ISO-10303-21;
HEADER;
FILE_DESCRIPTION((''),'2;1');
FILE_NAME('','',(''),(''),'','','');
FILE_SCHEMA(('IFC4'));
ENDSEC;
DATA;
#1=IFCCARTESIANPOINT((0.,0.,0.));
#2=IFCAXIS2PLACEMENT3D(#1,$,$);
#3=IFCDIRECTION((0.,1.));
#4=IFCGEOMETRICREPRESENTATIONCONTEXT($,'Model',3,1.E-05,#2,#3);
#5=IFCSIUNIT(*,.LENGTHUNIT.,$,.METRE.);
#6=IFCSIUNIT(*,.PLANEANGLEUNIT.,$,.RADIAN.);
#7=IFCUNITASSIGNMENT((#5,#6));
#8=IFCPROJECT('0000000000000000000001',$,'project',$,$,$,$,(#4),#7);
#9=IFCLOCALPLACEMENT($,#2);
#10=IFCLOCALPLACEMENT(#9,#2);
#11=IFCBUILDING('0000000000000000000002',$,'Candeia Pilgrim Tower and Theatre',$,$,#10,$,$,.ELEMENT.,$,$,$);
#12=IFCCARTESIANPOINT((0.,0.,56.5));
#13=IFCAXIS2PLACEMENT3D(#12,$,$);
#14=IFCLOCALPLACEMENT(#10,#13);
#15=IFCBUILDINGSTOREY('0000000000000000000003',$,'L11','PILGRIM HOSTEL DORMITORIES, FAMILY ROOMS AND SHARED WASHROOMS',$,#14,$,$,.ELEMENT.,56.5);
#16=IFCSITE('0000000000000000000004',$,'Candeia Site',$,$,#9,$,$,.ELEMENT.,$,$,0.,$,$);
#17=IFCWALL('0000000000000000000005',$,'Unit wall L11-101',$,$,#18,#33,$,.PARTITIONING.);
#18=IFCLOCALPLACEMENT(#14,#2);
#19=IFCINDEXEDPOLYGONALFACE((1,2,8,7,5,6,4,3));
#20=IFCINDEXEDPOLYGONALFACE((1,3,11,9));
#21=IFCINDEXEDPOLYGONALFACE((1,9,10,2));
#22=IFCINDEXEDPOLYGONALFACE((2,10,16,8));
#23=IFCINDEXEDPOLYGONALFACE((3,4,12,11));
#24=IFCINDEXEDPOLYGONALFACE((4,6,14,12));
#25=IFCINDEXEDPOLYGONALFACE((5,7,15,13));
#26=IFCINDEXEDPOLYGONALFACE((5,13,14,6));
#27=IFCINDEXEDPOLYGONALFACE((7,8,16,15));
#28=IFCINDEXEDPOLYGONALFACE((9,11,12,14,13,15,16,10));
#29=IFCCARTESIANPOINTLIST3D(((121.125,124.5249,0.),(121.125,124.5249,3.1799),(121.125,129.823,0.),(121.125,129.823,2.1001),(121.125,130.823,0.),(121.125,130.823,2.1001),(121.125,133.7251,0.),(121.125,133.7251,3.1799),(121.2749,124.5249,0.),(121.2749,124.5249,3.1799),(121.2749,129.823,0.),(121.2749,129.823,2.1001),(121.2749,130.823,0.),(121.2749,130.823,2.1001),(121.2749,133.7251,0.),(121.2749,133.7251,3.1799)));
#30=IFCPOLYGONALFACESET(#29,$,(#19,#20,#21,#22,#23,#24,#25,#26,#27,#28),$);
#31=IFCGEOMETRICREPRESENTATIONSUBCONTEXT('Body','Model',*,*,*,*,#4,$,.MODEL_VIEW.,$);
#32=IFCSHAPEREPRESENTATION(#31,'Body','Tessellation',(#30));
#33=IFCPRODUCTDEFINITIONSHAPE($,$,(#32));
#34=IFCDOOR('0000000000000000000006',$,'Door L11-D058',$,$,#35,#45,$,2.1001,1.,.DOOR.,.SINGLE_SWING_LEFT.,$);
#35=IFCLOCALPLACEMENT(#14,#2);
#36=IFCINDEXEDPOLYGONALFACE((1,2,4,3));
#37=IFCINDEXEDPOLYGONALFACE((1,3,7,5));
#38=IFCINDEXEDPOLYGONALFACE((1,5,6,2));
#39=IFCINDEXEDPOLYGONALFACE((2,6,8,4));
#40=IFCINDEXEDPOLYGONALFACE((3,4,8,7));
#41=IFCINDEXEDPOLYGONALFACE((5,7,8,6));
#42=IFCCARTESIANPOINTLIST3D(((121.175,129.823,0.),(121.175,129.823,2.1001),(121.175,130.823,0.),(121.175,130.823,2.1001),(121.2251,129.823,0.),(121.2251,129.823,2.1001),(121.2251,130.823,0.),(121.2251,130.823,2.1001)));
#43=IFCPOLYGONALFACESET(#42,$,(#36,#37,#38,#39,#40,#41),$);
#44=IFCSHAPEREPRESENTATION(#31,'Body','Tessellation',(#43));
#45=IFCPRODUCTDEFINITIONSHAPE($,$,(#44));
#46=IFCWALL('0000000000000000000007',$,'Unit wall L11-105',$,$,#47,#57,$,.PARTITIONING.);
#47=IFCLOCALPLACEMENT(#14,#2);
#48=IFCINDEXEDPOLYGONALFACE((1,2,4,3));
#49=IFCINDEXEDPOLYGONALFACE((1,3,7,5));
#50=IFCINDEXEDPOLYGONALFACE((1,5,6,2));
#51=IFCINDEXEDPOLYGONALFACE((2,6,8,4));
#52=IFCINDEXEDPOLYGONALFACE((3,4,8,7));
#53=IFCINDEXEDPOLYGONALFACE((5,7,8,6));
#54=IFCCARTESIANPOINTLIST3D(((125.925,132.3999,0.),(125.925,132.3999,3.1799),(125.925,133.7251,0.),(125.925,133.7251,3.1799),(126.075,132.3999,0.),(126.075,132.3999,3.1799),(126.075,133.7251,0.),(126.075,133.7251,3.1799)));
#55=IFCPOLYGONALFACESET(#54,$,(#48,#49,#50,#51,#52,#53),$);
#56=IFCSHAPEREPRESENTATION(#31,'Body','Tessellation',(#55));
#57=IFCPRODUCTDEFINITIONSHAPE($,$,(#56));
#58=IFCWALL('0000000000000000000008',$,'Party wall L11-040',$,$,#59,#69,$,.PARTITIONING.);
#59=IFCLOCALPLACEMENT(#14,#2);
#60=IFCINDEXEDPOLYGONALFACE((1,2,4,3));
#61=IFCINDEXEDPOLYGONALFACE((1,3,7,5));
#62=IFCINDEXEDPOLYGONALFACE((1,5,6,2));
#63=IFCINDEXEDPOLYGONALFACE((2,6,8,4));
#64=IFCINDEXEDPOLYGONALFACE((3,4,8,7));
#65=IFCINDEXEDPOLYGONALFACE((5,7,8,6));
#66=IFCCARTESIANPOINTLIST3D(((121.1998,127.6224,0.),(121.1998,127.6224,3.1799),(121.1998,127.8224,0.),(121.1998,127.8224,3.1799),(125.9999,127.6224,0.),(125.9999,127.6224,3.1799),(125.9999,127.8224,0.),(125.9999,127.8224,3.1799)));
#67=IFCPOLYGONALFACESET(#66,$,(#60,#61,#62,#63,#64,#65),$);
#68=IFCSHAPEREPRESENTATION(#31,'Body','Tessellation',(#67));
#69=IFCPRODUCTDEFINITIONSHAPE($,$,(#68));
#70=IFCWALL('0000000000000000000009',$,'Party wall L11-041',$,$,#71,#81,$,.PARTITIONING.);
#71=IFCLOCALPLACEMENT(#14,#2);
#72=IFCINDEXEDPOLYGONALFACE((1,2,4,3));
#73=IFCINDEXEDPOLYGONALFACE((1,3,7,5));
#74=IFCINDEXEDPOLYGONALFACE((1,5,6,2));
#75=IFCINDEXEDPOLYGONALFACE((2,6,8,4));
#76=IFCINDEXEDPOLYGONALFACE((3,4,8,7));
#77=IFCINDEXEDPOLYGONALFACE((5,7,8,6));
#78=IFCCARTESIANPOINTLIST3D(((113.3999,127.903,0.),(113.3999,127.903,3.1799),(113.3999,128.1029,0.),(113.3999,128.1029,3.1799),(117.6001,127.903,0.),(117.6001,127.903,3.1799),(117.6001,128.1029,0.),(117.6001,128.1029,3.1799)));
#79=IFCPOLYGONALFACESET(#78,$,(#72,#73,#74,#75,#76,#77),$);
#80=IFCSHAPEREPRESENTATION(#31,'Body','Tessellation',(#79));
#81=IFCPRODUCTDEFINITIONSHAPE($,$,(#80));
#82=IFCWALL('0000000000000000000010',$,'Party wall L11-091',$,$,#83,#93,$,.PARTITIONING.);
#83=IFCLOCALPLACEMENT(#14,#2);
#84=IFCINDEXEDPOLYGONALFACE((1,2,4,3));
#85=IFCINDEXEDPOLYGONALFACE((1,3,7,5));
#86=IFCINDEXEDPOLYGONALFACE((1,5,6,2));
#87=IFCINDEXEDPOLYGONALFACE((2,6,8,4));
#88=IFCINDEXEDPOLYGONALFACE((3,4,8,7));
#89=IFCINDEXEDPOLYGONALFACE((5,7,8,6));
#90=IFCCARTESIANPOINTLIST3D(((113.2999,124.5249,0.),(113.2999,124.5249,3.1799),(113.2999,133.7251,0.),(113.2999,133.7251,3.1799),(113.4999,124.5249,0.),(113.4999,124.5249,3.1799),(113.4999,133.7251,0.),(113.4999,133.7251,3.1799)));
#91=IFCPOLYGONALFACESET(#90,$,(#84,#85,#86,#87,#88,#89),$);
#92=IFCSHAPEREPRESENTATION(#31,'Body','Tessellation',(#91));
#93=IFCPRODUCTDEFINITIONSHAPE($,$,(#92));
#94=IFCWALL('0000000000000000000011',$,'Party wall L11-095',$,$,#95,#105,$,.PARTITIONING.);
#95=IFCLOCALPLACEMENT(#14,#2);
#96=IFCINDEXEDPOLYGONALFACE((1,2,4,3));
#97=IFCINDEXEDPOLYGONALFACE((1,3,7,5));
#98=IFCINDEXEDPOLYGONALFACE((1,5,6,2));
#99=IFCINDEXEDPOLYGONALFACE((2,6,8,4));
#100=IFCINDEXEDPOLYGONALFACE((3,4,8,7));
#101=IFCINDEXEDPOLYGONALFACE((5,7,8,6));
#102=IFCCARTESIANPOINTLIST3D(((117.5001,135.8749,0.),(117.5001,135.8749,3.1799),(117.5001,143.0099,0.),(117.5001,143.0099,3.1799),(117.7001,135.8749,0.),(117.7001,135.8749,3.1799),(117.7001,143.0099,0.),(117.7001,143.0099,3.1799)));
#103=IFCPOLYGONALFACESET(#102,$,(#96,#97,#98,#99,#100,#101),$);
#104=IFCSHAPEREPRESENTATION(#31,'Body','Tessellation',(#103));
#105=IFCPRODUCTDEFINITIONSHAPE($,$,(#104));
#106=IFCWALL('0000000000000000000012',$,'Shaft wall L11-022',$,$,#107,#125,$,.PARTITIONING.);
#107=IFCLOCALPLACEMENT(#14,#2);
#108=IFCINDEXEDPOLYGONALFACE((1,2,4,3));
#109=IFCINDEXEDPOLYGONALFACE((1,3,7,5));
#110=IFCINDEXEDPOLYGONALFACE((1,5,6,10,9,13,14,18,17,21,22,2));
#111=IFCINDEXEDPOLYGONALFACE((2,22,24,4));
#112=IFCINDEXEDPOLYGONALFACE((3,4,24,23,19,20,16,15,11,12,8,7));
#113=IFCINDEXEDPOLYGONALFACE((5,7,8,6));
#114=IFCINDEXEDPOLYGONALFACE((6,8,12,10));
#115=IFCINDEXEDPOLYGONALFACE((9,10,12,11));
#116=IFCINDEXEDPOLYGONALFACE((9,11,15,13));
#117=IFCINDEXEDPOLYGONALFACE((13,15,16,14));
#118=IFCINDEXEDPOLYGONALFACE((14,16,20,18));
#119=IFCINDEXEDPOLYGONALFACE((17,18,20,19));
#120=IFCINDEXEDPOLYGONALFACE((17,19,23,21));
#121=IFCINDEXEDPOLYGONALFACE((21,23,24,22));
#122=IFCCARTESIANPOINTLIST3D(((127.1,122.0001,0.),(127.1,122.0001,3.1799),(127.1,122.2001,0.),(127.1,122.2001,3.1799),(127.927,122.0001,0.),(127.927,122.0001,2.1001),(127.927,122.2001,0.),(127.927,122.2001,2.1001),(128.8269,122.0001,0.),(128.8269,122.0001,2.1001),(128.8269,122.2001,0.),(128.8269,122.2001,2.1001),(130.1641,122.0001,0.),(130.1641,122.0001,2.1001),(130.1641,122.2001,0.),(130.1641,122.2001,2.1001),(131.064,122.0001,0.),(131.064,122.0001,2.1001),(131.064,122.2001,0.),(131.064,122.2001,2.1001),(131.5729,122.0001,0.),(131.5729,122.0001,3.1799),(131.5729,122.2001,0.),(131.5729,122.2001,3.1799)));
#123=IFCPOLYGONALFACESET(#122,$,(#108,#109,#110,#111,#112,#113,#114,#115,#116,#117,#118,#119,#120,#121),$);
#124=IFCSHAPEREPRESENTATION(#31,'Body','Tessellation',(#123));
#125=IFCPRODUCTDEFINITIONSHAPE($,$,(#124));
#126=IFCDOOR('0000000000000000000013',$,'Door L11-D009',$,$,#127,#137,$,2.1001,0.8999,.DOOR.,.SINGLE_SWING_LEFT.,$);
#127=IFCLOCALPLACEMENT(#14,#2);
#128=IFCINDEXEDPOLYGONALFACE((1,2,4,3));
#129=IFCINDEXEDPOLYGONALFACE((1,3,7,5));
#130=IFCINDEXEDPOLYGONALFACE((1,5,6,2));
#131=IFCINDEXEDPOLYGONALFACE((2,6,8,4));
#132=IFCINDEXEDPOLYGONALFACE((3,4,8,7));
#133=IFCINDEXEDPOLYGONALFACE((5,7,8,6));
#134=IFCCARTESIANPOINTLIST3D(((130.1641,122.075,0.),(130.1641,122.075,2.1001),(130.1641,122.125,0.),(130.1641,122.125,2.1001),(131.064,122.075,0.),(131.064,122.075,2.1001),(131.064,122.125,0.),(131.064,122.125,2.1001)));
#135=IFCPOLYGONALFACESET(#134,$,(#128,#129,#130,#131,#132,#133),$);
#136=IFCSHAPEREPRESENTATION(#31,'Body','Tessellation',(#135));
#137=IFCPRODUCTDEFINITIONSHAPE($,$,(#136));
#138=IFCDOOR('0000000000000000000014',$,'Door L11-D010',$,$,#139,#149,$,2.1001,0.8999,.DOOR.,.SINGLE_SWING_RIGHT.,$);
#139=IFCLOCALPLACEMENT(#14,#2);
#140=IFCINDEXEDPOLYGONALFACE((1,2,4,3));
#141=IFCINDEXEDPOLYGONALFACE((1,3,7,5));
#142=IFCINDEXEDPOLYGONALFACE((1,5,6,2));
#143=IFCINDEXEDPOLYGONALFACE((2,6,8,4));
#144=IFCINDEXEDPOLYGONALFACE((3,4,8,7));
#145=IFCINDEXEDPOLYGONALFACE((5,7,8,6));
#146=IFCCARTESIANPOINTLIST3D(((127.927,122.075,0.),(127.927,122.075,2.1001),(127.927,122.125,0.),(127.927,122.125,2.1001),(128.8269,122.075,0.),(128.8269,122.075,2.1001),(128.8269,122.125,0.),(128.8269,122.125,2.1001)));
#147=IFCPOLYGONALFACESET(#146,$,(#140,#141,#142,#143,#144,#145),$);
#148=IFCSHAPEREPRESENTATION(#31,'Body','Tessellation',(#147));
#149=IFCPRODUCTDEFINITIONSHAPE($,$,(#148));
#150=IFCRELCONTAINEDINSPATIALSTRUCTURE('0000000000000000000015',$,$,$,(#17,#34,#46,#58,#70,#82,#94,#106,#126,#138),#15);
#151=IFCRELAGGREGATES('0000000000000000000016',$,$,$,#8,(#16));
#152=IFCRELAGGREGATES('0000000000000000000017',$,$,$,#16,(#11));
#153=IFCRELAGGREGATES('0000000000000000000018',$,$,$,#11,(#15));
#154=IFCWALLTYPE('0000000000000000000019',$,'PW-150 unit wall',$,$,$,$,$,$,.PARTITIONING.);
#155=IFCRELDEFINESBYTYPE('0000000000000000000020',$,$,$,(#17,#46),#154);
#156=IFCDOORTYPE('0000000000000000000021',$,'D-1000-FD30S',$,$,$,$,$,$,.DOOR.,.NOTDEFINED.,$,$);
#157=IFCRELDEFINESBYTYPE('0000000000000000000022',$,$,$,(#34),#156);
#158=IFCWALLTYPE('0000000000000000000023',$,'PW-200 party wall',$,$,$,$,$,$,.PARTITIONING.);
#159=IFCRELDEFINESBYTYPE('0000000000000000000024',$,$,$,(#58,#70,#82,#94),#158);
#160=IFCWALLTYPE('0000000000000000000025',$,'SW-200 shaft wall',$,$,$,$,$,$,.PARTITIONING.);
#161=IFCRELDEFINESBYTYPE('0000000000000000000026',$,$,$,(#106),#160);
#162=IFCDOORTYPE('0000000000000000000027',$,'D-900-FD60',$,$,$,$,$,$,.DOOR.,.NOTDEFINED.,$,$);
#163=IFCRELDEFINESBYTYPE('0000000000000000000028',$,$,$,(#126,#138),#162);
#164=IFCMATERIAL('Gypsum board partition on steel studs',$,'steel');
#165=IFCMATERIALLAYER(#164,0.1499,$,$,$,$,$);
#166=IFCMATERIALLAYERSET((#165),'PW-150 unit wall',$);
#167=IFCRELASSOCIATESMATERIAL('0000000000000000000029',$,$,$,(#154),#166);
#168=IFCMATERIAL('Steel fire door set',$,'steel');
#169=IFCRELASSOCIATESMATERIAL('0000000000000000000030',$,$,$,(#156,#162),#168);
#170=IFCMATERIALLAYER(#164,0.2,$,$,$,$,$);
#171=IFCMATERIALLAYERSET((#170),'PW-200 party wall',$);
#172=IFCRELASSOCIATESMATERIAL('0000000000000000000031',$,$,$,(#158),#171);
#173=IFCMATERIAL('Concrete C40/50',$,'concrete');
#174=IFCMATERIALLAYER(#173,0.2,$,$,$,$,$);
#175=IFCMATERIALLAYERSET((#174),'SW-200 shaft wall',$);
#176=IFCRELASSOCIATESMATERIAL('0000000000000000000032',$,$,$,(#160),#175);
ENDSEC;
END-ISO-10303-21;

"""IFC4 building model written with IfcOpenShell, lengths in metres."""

from ifc_helpers import new_model, si_unit, direction, frame, frame_2d, origin, place, context, subcontext, project, spatial, rectangle, extrude, material, layer, layer_set, type_object, element, fill, save


model = new_model("IFC4")

# Units and contexts
model_context = context("Model", 3, precision=1e-05, world=origin(), true_north=direction((0.0, 1.0)))
body_context = subcontext(model_context, "Body", "Model", "MODEL_VIEW")
ifc_project = project(units=[si_unit("LENGTHUNIT", "METRE"), si_unit("PLANEANGLEUNIT", "RADIAN")], contexts=[model_context])

# Site, building, storey
site_placement = place(None, origin())
site = spatial("IfcSite", under=ifc_project, at=site_placement, Name="Candeia Site", CompositionType="ELEMENT", RefElevation=0.0)
building_placement = place(site_placement, origin())
building = spatial("IfcBuilding", under=site, at=building_placement, Name="Candeia Pilgrim Tower and Theatre", CompositionType="ELEMENT")
storey_placement = place(building_placement, frame((0.0, 0.0, 56.5)))
storey = spatial("IfcBuildingStorey", under=building, at=storey_placement, Name="L11", Description="PILGRIM HOSTEL DORMITORIES, FAMILY ROOMS AND SHARED WASHROOMS", CompositionType="ELEMENT", Elevation=56.5)

# Shared definitions
ifc_material_1 = material(Name="Steel fire door set", Category="steel")
ifc_material_2 = material(Name="Gypsum board partition on steel studs", Category="steel")

# Shared definitions
ifc_layer_1 = layer(ifc_material_2, 0.1499)
ifc_layer_set_1 = layer_set([ifc_layer_1], Name="PW-150 unit wall")
wall_type_1 = type_object("IfcWallType", Name="PW-150 unit wall", PredefinedType="PARTITIONING", material=ifc_layer_set_1)

# Wall, opening, door
door_type_1 = type_object("IfcDoorType", Name="D-1000-FD30S", OperationType="NOTDEFINED", PredefinedType="DOOR", material=ifc_material_1)
wall_1_placement = place(storey_placement, frame((121.2, 124.5249, 0.0), z_axis=(0.0, 0.0, 1.0), x_axis=(0.0, 1.0, 0.0)))
wall_1 = element("IfcWall", 1, at=wall_1_placement, inside=storey, type_object=wall_type_1, Name="Unit wall L11-101", PredefinedType="PARTITIONING", context=body_context, shape_type="SweptSolid", body=[
    extrude(rectangle(XDim=9.2002, YDim=0.1499, at=frame_2d((4.6001, 0.0))), origin(), (0.0, 0.0, 1.0), 3.1799),
])
opening_1_placement = place(wall_1_placement, frame((5.2981, 0.0, 0.0)))
opening_1 = element("IfcOpeningElement", 2, at=opening_1_placement, cuts=wall_1, PredefinedType="OPENING", context=body_context, shape_type="SweptSolid", body=[
    extrude(rectangle(XDim=1.0, YDim=2.1001, at=frame_2d((0.5, 1.05))), frame((0.0, 0.085, 0.0), z_axis=(0.0, -1.0, 0.0), x_axis=(1.0, 0.0, 0.0)), (0.0, 0.0, 1.0), 0.1699),
])
door_1_placement = place(opening_1_placement, origin())
door_1 = element("IfcDoor", 3, at=door_1_placement, inside=storey, type_object=door_type_1, Name="Door L11-D058", OperationType="SINGLE_SWING_LEFT", OverallHeight=2.1001, OverallWidth=1.0, PredefinedType="DOOR", context=body_context, shape_type="SweptSolid", body=[
    extrude(rectangle(XDim=1.0, YDim=2.1001, at=frame_2d((0.5, 1.05))), frame((0.0, 0.0249, 0.0), z_axis=(0.0, -1.0, 0.0), x_axis=(1.0, 0.0, 0.0)), (0.0, 0.0, 1.0), 0.05),
])
fill(opening_1, door_1)

# Walls
wall_2_placement = place(storey_placement, frame((126.0, 132.3999, 0.0), z_axis=(0.0, 0.0, 1.0), x_axis=(0.0, 1.0, 0.0)))
element("IfcWall", 4, at=wall_2_placement, inside=storey, type_object=wall_type_1, Name="Unit wall L11-105", PredefinedType="PARTITIONING", context=body_context, shape_type="SweptSolid", body=[
    extrude(rectangle(XDim=1.3252, YDim=0.1499, at=frame_2d((0.6626, 0.0))), origin(), (0.0, 0.0, 1.0), 3.1799),
])
ifc_layer_2 = layer(ifc_material_2, 0.2)
ifc_layer_set_2 = layer_set([ifc_layer_2], Name="PW-200 party wall")
wall_type_2 = type_object("IfcWallType", Name="PW-200 party wall", PredefinedType="PARTITIONING", material=ifc_layer_set_2)
wall_3_placement = place(storey_placement, frame((121.2, 127.7224, 0.0), z_axis=(0.0, 0.0, 1.0), x_axis=(1.0, 0.0, 0.0)))
element("IfcWall", 5, at=wall_3_placement, inside=storey, type_object=wall_type_2, Name="Party wall L11-040", PredefinedType="PARTITIONING", context=body_context, shape_type="SweptSolid", body=[
    extrude(rectangle(XDim=4.8, YDim=0.2, at=frame_2d((2.3999, 0.0))), origin(), (0.0, 0.0, 1.0), 3.1799),
])
wall_4_placement = place(storey_placement, frame((113.3999, 128.0029, 0.0), z_axis=(0.0, 0.0, 1.0), x_axis=(1.0, 0.0, 0.0)))
element("IfcWall", 6, at=wall_4_placement, inside=storey, type_object=wall_type_2, Name="Party wall L11-041", PredefinedType="PARTITIONING", context=body_context, shape_type="SweptSolid", body=[
    extrude(rectangle(XDim=4.2002, YDim=0.2, at=frame_2d((2.1001, 0.0))), origin(), (0.0, 0.0, 1.0), 3.1799),
])
wall_5_placement = place(storey_placement, frame((113.3999, 124.5249, 0.0), z_axis=(0.0, 0.0, 1.0), x_axis=(0.0, 1.0, 0.0)))
element("IfcWall", 7, at=wall_5_placement, inside=storey, type_object=wall_type_2, Name="Party wall L11-091", PredefinedType="PARTITIONING", context=body_context, shape_type="SweptSolid", body=[
    extrude(rectangle(XDim=9.2002, YDim=0.2, at=frame_2d((4.6001, 0.0))), origin(), (0.0, 0.0, 1.0), 3.1799),
])
wall_6_placement = place(storey_placement, frame((117.6001, 135.875, 0.0), z_axis=(0.0, 0.0, 1.0), x_axis=(0.0, 1.0, 0.0)))
element("IfcWall", 8, at=wall_6_placement, inside=storey, type_object=wall_type_2, Name="Party wall L11-095", PredefinedType="PARTITIONING", context=body_context, shape_type="SweptSolid", body=[
    extrude(rectangle(XDim=7.135, YDim=0.2, at=frame_2d((3.5674, 0.0))), origin(), (0.0, 0.0, 1.0), 3.1799),
])

# Wall, openings, doors
ifc_material_3 = material(Name="Concrete C40/50", Category="concrete")
ifc_layer_3 = layer(ifc_material_3, 0.2)
ifc_layer_set_3 = layer_set([ifc_layer_3], Name="SW-200 shaft wall")
wall_type_3 = type_object("IfcWallType", Name="SW-200 shaft wall", PredefinedType="PARTITIONING", material=ifc_layer_set_3)
wall_7_placement = place(storey_placement, frame((127.1001, 122.1001, 0.0), z_axis=(0.0, 0.0, 1.0), x_axis=(1.0, 0.0, 0.0)))
wall_7 = element("IfcWall", 9, at=wall_7_placement, inside=storey, type_object=wall_type_3, Name="Shaft wall L11-022", PredefinedType="PARTITIONING", context=body_context, shape_type="SweptSolid", body=[
    extrude(rectangle(XDim=4.4729, YDim=0.2, at=frame_2d((2.2363, 0.0))), origin(), (0.0, 0.0, 1.0), 3.1799),
])
opening_2_placement = place(wall_7_placement, frame((3.064, 0.0, 0.0)))
opening_2 = element("IfcOpeningElement", 10, at=opening_2_placement, cuts=wall_7, PredefinedType="OPENING", context=body_context, shape_type="SweptSolid", body=[
    extrude(rectangle(XDim=0.8999, YDim=2.1001, at=frame_2d((0.45, 1.05))), frame((0.0, 0.1099, 0.0), z_axis=(0.0, -1.0, 0.0), x_axis=(1.0, 0.0, 0.0)), (0.0, 0.0, 1.0), 0.22),
])
opening_3_placement = place(wall_7_placement, frame((0.8269, 0.0, 0.0)))
opening_3 = element("IfcOpeningElement", 11, at=opening_3_placement, cuts=wall_7, PredefinedType="OPENING", context=body_context, shape_type="SweptSolid", body=[
    extrude(rectangle(XDim=0.8999, YDim=2.1001, at=frame_2d((0.45, 1.05))), frame((0.0, 0.1099, 0.0), z_axis=(0.0, -1.0, 0.0), x_axis=(1.0, 0.0, 0.0)), (0.0, 0.0, 1.0), 0.22),
])
door_type_2 = type_object("IfcDoorType", Name="D-900-FD60", OperationType="NOTDEFINED", PredefinedType="DOOR", material=ifc_material_1)
door_2_placement = place(opening_2_placement, origin())
door_2 = element("IfcDoor", 12, at=door_2_placement, inside=storey, type_object=door_type_2, Name="Door L11-D009", OperationType="SINGLE_SWING_LEFT", OverallHeight=2.1001, OverallWidth=0.8999, PredefinedType="DOOR", context=body_context, shape_type="SweptSolid", body=[
    extrude(rectangle(XDim=0.8999, YDim=2.1001, at=frame_2d((0.45, 1.05))), frame((0.0, 0.0249, 0.0), z_axis=(0.0, -1.0, 0.0), x_axis=(1.0, 0.0, 0.0)), (0.0, 0.0, 1.0), 0.05),
])
fill(opening_2, door_2)
door_3_placement = place(opening_3_placement, origin())
door_3 = element("IfcDoor", 13, at=door_3_placement, inside=storey, type_object=door_type_2, Name="Door L11-D010", OperationType="SINGLE_SWING_RIGHT", OverallHeight=2.1001, OverallWidth=0.8999, PredefinedType="DOOR", context=body_context, shape_type="SweptSolid", body=[
    extrude(rectangle(XDim=0.8999, YDim=2.1001, at=frame_2d((0.45, 1.05))), frame((0.0, 0.0249, 0.0), z_axis=(0.0, -1.0, 0.0), x_axis=(1.0, 0.0, 0.0)), (0.0, 0.0, 1.0), 0.05),
])
fill(opening_3, door_3)

save(model, "model.ifc")
